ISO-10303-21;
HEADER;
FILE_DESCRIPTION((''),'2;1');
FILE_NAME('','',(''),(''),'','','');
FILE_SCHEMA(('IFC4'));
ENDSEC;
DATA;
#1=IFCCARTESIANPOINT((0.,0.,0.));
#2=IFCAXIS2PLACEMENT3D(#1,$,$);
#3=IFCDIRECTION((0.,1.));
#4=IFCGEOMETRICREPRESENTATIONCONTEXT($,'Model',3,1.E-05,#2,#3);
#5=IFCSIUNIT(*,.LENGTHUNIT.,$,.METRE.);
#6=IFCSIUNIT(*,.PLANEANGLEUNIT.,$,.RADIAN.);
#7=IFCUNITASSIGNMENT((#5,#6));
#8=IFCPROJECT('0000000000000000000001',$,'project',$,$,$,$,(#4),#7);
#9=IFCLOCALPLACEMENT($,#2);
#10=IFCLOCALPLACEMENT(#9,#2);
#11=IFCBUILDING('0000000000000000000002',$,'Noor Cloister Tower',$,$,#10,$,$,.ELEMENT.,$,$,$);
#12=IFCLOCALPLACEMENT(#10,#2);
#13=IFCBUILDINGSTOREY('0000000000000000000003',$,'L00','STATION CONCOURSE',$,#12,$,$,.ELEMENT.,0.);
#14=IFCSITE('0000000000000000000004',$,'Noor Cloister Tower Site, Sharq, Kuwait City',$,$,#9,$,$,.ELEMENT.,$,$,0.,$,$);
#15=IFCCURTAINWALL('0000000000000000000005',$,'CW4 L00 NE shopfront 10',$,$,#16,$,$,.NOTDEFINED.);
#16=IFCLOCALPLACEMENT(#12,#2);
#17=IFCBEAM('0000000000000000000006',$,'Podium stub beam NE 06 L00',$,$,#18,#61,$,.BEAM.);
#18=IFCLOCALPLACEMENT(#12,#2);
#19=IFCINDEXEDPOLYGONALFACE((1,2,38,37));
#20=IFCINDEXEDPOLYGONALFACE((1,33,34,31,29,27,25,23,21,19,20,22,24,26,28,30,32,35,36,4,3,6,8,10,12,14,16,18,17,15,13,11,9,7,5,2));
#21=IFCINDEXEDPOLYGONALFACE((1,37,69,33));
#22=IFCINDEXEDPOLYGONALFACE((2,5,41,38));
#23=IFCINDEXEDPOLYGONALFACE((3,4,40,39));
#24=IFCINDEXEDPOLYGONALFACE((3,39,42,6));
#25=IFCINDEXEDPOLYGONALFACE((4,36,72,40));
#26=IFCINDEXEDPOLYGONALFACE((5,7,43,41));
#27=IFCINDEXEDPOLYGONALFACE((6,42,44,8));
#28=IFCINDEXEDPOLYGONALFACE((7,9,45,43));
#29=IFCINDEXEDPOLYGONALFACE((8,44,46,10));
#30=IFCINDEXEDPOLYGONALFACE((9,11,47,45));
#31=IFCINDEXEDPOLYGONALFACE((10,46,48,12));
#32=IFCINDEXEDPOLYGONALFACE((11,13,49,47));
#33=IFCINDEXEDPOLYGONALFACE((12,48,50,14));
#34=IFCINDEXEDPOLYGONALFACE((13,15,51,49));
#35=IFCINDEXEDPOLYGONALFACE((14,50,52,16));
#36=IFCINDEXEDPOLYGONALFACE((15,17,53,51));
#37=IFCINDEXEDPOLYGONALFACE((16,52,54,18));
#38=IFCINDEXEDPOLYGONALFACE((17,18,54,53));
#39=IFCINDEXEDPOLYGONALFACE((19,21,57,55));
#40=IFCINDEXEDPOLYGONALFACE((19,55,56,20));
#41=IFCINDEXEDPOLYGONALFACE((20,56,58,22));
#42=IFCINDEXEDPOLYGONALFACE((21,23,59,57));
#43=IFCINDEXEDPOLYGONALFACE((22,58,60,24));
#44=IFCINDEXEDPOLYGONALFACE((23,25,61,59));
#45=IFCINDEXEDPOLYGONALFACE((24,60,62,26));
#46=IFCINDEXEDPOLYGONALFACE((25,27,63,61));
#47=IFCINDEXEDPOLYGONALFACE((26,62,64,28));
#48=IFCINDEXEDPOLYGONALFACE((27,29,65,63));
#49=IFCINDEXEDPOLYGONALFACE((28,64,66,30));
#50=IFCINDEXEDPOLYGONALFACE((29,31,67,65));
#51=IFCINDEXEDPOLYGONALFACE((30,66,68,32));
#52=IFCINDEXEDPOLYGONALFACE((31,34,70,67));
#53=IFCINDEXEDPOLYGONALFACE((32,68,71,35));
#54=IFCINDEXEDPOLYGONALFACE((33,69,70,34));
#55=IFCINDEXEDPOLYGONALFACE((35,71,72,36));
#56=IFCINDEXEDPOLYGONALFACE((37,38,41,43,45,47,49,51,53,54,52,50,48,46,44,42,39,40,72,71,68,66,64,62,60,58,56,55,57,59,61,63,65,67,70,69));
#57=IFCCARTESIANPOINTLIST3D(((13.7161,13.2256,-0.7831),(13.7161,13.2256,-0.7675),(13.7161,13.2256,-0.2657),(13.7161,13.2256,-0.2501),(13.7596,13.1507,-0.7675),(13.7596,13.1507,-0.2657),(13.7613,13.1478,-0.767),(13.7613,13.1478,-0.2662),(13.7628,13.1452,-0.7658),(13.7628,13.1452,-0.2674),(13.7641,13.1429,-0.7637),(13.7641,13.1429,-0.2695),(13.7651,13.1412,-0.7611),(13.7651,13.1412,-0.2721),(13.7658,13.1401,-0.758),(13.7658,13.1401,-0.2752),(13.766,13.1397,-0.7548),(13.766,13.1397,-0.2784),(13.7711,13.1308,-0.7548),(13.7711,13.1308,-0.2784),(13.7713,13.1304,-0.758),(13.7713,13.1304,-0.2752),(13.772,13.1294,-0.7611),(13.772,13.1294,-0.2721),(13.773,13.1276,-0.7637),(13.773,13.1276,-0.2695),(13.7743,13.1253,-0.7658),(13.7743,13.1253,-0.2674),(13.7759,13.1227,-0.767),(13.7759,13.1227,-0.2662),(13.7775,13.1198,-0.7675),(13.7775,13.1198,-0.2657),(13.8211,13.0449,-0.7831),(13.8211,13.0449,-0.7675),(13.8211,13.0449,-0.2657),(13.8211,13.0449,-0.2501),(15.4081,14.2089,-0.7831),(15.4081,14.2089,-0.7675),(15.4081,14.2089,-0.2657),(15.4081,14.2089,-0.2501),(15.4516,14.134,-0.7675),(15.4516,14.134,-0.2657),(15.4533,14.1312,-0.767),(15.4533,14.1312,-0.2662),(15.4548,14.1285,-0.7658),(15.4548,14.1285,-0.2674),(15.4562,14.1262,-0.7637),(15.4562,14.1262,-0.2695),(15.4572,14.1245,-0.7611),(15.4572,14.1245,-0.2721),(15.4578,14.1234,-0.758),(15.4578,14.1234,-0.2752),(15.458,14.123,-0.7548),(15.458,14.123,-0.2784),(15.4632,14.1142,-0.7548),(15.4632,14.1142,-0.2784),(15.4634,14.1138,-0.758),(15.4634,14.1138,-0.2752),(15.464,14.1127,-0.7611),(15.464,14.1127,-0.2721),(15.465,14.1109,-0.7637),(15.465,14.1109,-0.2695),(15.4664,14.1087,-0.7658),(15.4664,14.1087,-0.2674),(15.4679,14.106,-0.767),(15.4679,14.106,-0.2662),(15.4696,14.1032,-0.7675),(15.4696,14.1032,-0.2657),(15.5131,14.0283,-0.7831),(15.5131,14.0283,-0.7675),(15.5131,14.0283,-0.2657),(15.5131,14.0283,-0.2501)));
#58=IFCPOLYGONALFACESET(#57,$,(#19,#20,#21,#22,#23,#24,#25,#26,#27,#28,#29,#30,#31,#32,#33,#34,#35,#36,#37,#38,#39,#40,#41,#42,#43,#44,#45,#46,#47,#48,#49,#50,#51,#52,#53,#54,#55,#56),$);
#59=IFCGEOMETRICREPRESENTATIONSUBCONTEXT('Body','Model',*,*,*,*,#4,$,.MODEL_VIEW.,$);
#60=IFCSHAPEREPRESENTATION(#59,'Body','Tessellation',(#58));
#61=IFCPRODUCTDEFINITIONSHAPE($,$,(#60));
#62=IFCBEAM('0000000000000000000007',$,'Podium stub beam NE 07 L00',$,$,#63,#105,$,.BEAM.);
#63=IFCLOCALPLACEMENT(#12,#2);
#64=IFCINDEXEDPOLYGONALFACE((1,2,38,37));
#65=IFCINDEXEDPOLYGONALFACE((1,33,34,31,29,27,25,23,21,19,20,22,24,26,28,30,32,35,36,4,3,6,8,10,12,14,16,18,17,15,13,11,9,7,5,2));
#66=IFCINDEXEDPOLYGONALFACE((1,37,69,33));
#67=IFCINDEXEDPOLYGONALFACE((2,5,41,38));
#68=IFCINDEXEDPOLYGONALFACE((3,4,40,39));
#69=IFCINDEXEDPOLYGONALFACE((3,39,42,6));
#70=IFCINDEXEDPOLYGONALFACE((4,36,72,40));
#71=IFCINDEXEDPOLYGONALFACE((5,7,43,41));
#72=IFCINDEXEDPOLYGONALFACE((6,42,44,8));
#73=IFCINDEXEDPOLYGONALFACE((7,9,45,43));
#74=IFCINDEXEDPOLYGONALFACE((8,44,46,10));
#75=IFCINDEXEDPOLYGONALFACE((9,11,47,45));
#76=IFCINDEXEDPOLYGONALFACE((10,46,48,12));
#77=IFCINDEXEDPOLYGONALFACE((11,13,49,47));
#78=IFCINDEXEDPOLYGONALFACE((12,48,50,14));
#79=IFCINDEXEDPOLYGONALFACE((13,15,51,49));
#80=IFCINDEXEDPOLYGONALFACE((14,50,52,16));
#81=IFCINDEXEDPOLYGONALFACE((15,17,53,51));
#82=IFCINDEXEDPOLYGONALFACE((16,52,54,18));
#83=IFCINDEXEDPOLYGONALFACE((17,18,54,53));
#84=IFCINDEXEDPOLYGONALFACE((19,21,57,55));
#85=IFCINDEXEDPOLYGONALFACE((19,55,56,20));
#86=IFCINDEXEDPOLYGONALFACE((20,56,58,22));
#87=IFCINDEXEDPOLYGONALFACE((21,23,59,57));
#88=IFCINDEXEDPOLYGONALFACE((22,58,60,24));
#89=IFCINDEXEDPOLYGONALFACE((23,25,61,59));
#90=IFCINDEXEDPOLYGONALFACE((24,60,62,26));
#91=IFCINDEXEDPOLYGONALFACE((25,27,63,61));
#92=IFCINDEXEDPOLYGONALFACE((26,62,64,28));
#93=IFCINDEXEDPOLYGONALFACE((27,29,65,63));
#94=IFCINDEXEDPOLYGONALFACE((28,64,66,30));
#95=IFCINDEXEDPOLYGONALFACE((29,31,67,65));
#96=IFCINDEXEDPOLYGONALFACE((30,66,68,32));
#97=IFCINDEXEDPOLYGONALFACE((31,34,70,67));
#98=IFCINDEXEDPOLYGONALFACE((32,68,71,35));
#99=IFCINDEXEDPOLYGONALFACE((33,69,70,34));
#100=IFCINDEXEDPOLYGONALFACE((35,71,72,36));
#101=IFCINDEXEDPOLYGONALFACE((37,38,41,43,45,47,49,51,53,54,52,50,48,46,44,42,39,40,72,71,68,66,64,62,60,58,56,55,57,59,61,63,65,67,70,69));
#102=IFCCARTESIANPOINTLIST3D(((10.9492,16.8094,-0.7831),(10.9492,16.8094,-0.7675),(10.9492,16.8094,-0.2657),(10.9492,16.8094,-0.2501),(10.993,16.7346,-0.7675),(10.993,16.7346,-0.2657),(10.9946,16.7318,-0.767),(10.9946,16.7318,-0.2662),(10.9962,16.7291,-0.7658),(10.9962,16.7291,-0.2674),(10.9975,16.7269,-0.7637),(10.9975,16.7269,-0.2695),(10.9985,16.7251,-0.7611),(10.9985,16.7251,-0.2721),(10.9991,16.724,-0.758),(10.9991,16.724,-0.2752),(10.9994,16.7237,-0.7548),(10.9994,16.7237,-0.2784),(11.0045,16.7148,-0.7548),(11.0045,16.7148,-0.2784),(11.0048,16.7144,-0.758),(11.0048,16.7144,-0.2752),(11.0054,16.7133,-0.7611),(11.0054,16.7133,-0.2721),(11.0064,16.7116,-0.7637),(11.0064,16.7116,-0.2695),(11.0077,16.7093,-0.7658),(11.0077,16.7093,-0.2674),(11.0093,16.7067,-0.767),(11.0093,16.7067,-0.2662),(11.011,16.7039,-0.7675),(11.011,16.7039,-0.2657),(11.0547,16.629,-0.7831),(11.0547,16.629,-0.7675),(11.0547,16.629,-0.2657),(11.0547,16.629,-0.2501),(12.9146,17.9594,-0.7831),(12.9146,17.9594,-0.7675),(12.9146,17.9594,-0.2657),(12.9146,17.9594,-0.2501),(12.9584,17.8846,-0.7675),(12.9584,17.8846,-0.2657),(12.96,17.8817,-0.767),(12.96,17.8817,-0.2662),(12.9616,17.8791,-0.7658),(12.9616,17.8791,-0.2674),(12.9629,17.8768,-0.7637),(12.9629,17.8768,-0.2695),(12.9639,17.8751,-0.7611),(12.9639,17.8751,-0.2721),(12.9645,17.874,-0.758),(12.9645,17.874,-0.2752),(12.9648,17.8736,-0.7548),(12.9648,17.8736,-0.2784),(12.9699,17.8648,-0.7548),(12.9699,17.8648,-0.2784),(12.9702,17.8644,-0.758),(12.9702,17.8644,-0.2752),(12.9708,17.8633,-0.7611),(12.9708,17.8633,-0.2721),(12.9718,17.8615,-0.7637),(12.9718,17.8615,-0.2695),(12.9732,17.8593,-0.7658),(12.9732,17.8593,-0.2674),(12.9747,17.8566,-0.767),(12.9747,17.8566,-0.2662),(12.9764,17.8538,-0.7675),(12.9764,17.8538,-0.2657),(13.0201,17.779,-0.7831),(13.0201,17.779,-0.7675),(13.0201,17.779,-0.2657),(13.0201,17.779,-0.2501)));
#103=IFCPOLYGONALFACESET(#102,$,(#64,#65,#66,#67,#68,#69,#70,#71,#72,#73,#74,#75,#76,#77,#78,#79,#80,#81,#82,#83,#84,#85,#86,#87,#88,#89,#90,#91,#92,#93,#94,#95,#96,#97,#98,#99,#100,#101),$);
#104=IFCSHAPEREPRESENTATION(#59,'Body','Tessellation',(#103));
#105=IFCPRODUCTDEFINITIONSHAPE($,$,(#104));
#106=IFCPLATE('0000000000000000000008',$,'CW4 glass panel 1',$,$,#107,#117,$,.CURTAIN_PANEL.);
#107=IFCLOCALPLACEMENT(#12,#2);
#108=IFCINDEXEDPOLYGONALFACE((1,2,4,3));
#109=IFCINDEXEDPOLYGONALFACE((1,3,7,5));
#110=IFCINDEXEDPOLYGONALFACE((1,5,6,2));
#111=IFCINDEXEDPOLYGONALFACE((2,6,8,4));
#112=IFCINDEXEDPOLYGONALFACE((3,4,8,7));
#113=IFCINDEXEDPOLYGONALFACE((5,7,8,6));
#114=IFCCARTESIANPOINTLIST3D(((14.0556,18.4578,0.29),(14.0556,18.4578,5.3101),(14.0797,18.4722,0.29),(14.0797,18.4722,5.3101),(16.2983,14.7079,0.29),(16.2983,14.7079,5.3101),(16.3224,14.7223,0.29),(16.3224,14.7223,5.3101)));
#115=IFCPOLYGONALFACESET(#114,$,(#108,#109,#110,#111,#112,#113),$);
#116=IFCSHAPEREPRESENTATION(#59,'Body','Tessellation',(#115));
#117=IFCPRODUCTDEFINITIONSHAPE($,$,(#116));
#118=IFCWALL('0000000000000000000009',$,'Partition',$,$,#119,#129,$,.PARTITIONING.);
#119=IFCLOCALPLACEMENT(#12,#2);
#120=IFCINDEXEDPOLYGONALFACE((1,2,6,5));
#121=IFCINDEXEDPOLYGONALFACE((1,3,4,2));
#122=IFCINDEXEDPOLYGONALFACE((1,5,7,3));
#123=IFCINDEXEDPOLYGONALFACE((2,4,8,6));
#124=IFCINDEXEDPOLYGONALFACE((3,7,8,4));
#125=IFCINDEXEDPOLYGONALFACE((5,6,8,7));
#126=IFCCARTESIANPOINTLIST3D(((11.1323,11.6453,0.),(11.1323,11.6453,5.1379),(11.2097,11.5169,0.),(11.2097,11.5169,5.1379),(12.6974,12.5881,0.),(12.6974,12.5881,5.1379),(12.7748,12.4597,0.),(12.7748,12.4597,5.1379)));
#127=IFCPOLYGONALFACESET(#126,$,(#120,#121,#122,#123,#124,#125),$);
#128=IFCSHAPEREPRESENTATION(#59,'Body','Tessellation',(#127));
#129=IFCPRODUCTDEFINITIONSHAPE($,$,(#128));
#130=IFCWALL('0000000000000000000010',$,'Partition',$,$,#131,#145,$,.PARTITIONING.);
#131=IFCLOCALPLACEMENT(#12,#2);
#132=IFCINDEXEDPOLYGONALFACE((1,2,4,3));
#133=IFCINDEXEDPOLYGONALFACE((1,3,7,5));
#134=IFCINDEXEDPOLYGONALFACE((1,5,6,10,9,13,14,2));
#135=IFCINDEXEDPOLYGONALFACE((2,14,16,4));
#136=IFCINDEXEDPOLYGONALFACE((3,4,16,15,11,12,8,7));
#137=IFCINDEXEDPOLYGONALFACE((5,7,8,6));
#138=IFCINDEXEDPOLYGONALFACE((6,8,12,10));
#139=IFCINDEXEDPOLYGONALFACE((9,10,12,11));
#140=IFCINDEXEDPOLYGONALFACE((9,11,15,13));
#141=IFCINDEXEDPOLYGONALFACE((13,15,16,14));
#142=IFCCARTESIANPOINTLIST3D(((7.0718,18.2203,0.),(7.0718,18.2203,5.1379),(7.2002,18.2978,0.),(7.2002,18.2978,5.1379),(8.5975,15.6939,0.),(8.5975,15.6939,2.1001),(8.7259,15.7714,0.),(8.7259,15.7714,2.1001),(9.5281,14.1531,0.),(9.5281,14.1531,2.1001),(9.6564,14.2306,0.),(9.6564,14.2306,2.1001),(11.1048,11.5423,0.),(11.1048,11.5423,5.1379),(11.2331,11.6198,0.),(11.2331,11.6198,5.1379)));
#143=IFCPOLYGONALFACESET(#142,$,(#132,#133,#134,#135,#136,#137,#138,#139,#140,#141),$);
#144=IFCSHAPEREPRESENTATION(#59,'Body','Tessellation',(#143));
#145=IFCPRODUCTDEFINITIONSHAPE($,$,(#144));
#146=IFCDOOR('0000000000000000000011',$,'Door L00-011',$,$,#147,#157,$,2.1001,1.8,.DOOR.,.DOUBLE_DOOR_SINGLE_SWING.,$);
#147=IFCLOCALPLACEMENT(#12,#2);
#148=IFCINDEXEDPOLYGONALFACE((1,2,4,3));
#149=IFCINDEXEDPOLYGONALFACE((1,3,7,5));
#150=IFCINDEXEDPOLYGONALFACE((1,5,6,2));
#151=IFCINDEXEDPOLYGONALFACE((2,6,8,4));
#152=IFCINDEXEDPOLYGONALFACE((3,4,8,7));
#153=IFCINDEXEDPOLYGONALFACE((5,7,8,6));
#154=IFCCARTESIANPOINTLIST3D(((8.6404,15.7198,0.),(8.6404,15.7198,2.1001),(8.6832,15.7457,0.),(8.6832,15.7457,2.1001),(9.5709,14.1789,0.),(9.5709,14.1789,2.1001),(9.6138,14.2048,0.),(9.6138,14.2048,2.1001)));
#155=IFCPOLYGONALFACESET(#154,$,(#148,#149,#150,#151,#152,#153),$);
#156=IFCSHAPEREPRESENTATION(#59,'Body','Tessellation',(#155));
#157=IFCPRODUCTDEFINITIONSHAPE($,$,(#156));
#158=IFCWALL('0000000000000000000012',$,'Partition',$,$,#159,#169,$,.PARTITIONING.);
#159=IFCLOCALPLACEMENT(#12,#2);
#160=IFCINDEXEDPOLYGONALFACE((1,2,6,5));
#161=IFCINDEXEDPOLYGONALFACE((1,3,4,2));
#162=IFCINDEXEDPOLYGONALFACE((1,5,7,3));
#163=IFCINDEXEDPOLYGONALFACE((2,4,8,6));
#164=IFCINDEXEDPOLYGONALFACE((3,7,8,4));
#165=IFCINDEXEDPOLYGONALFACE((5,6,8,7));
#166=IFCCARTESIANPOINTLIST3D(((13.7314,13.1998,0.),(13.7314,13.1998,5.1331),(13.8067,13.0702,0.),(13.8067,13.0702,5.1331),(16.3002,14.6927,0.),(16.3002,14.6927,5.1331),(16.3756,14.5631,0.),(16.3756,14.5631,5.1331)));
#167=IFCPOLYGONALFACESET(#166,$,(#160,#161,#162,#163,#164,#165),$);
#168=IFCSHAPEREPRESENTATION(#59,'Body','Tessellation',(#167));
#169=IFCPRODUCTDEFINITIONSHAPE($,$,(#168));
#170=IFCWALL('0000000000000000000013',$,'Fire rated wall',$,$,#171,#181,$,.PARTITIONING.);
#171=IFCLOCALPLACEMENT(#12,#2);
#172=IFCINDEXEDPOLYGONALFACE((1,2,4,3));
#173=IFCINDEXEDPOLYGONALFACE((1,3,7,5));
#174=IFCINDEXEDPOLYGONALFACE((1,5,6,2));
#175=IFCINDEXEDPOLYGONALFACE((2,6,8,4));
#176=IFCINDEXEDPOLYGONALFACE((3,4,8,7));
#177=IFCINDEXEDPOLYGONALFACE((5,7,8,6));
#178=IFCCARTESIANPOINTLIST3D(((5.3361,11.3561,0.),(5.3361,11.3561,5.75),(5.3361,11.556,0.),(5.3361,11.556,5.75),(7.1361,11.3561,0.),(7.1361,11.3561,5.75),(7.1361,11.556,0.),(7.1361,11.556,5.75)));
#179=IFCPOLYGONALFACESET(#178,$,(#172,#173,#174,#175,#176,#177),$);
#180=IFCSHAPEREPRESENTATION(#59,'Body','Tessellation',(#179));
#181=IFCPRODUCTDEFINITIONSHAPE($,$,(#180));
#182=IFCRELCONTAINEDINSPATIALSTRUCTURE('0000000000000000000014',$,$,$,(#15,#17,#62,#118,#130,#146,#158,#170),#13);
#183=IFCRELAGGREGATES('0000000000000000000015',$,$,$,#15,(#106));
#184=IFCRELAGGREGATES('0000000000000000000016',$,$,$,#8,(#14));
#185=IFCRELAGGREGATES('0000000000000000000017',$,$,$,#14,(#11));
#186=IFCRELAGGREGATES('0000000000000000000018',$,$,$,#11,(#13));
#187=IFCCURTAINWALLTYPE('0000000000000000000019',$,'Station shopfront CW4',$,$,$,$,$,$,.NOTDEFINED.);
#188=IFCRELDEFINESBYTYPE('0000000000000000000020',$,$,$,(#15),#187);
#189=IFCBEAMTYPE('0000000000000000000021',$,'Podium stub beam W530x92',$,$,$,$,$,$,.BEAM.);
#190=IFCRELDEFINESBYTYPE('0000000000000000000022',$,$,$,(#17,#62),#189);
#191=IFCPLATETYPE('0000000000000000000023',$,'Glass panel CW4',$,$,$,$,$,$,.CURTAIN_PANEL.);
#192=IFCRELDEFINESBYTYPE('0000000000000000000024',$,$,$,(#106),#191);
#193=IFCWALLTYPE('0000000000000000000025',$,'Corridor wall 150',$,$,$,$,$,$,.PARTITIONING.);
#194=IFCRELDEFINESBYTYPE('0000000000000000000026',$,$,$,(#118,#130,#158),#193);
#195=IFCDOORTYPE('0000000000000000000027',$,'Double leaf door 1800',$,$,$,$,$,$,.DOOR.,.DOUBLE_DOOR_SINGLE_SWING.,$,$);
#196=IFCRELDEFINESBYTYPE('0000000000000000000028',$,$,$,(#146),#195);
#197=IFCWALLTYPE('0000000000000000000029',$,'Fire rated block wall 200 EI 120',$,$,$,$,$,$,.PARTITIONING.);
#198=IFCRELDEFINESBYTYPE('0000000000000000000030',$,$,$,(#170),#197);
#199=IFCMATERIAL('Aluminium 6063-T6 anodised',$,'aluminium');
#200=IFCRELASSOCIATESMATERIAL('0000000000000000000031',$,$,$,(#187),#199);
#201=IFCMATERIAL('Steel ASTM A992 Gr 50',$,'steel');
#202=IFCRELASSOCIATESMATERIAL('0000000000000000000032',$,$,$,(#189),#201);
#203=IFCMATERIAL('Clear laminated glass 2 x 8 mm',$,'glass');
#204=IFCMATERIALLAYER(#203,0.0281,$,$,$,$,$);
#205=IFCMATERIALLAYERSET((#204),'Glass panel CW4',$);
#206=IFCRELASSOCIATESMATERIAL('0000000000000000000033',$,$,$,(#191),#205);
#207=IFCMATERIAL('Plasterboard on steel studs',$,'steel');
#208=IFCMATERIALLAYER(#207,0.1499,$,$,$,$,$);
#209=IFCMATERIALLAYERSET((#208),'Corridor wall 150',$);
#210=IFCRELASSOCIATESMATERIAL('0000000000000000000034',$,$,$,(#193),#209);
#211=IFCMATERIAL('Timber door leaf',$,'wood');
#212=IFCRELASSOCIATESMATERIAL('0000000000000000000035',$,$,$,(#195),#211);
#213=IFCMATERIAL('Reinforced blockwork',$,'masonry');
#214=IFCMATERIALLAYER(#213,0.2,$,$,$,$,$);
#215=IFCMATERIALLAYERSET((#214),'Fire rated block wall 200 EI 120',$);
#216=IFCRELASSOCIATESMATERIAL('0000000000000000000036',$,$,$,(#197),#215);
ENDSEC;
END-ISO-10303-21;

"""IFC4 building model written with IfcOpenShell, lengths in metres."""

from ifc_helpers import new_model, si_unit, direction, frame, frame_2d, origin, origin_2d, place, context, subcontext, project, spatial, rectangle, i_section, extrude, material, layer, layer_set, material_profile, profile_set, type_object, element, fill, aggregate, save


model = new_model("IFC4")

# Units and contexts
model_context = context("Model", 3, precision=1e-05, world=origin(), true_north=direction((0.0, 1.0)))
body_context = subcontext(model_context, "Body", "Model", "MODEL_VIEW")
ifc_project = project(units=[si_unit("LENGTHUNIT", "METRE"), si_unit("PLANEANGLEUNIT", "RADIAN")], contexts=[model_context])

# Site, building, storey
site_placement = place(None, origin())
site = spatial("IfcSite", under=ifc_project, at=site_placement, Name="Noor Cloister Tower Site, Sharq, Kuwait City", CompositionType="ELEMENT", RefElevation=0.0)
building_placement = place(site_placement, origin())
building = spatial("IfcBuilding", under=site, at=building_placement, Name="Noor Cloister Tower", CompositionType="ELEMENT")
storey_placement = place(building_placement, origin())
storey = spatial("IfcBuildingStorey", under=building, at=storey_placement, Name="L00", Description="STATION CONCOURSE", CompositionType="ELEMENT", Elevation=0.0)

# Curtain wall
ifc_material_1 = material(Name="Aluminium 6063-T6 anodised", Category="aluminium")
curtain_wall_type = type_object("IfcCurtainWallType", Name="Station shopfront CW4", PredefinedType="NOTDEFINED", material=ifc_material_1)
curtain_wall_placement = place(storey_placement, origin())
curtain_wall = element("IfcCurtainWall", 1, at=curtain_wall_placement, inside=storey, type_object=curtain_wall_type, Name="CW4 L00 NE shopfront 10", PredefinedType="NOTDEFINED")

# Beams
ifc_material_2 = material(Name="Steel ASTM A992 Gr 50", Category="steel")
ifc_material_profile_1 = material_profile(ifc_material_2, i_section(OverallWidth=0.209, OverallDepth=0.533, WebThickness=0.0103, FlangeThickness=0.0156, FilletRadius=0.0127, at=origin_2d()), Name="W530x92")
ifc_profile_set_1 = profile_set([ifc_material_profile_1], Name="Steel ASTM A992 Gr 50")
beam_type_1 = type_object("IfcBeamType", Name="Podium stub beam W530x92", PredefinedType="BEAM", material=ifc_profile_set_1)
beam_1_placement = place(storey_placement, frame((13.7686, 13.1353, -0.5166), z_axis=(0.864597, 0.502467, 0.0), x_axis=(-0.502467, 0.864597, 0.0)))
element("IfcBeam", 2, at=beam_1_placement, inside=storey, type_object=beam_type_1, Name="Podium stub beam NE 06 L00", PredefinedType="BEAM", context=body_context, shape_type="SweptSolid", body=[
    extrude(i_section(OverallWidth=0.209, OverallDepth=0.533, WebThickness=0.0103, FlangeThickness=0.0156, FilletRadius=0.0127, at=origin_2d()), origin(), (0.0, 0.0, 1.0), 1.957),
])
beam_2_placement = place(storey_placement, frame((11.002, 16.7192, -0.5166), z_axis=(0.863117, 0.505004, 0.0), x_axis=(-0.505004, 0.863117, 0.0)))
element("IfcBeam", 3, at=beam_2_placement, inside=storey, type_object=beam_type_1, Name="Podium stub beam NE 07 L00", PredefinedType="BEAM", context=body_context, shape_type="SweptSolid", body=[
    extrude(i_section(OverallWidth=0.209, OverallDepth=0.533, WebThickness=0.0103, FlangeThickness=0.0156, FilletRadius=0.0127, at=origin_2d()), origin(), (0.0, 0.0, 1.0), 2.2771),
])

# Plate
ifc_material_3 = material(Name="Clear laminated glass 2 x 8 mm", Category="glass")
ifc_layer_1 = layer(ifc_material_3, 0.0281)
ifc_layer_set_1 = layer_set([ifc_layer_1], Name="Glass panel CW4")
plate_type = type_object("IfcPlateType", Name="Glass panel CW4", PredefinedType="CURTAIN_PANEL", material=ifc_layer_set_1)
plate_placement = place(storey_placement, frame((15.189, 16.5901, 0.29), z_axis=(0.0, 0.0, 1.0), x_axis=(-0.51328, 0.858221, 0.0)))
plate = element("IfcPlate", 4, at=plate_placement, type_object=plate_type, Name="CW4 glass panel 1", PredefinedType="CURTAIN_PANEL", context=body_context, shape_type="SweptSolid", body=[
    extrude(rectangle(XDim=4.3694, YDim=0.0281, at=origin_2d()), origin(), (0.0, 0.0, 1.0), 5.02),
])
aggregate(curtain_wall, [plate])

# Wall
ifc_material_4 = material(Name="Plasterboard on steel studs", Category="steel")
ifc_layer_2 = layer(ifc_material_4, 0.1499)
ifc_layer_set_2 = layer_set([ifc_layer_2], Name="Corridor wall 150")
wall_type_1 = type_object("IfcWallType", Name="Corridor wall 150", PredefinedType="PARTITIONING", material=ifc_layer_set_2)
wall_1_placement = place(storey_placement, frame((12.7361, 12.5239, 0.0), z_axis=(0.0, 0.0, 1.0), x_axis=(-0.856584, -0.516008, 0.0)))
element("IfcWall", 5, at=wall_1_placement, inside=storey, type_object=wall_type_1, Name="Partition", PredefinedType="PARTITIONING", context=body_context, shape_type="SweptSolid", body=[
    extrude(rectangle(XDim=1.8271, YDim=0.1499, at=frame_2d((0.9136, 0.0))), origin(), (0.0, 0.0, 1.0), 5.1379),
])

# Wall, opening, door
wall_2_placement = place(storey_placement, frame((11.1689, 11.5811, 0.0), z_axis=(0.0, 0.0, 1.0), x_axis=(-0.51696, 0.856009, 0.0)))
wall_2 = element("IfcWall", 6, at=wall_2_placement, inside=storey, type_object=wall_type_1, Name="Partition", PredefinedType="PARTITIONING", context=body_context, shape_type="SweptSolid", body=[
    extrude(rectangle(XDim=7.8013, YDim=0.1499, at=frame_2d((3.9006, 0.0))), origin(), (0.0, 0.0, 1.0), 5.1379),
])
opening_1_placement = place(wall_2_placement, frame((3.05, 0.0, 0.0)))
opening_1 = element("IfcOpeningElement", 7, at=opening_1_placement, cuts=wall_2, PredefinedType="OPENING", context=body_context, shape_type="SweptSolid", body=[
    extrude(rectangle(XDim=1.8, YDim=2.1001, at=frame_2d((0.8999, 1.05))), frame((0.0, 0.085, 0.0), z_axis=(0.0, -1.0, 0.0), x_axis=(1.0, 0.0, 0.0)), (0.0, 0.0, 1.0), 0.1699),
])
ifc_material_5 = material(Name="Timber door leaf", Category="wood")
door_type_1 = type_object("IfcDoorType", Name="Double leaf door 1800", OperationType="DOUBLE_DOOR_SINGLE_SWING", PredefinedType="DOOR", material=ifc_material_5)
door_1_placement = place(opening_1_placement, origin())
door_1 = element("IfcDoor", 8, at=door_1_placement, inside=storey, type_object=door_type_1, Name="Door L00-011", OperationType="DOUBLE_DOOR_SINGLE_SWING", OverallHeight=2.1001, OverallWidth=1.8, PredefinedType="DOOR", context=body_context, shape_type="SweptSolid", body=[
    extrude(rectangle(XDim=1.8, YDim=2.1001, at=frame_2d((0.8999, 1.05))), frame((0.0, 0.0249, 0.0), z_axis=(0.0, -1.0, 0.0), x_axis=(1.0, 0.0, 0.0)), (0.0, 0.0, 1.0), 0.05),
])
fill(opening_1, door_1)

# Walls
wall_3_placement = place(storey_placement, frame((16.3379, 14.6279, 0.0), z_axis=(0.0, 0.0, 1.0), x_axis=(-0.864594, -0.50247, 0.0)))
element("IfcWall", 9, at=wall_3_placement, inside=storey, type_object=wall_type_1, Name="Partition", PredefinedType="PARTITIONING", context=body_context, shape_type="SweptSolid", body=[
    extrude(rectangle(XDim=2.9712, YDim=0.1499, at=frame_2d((1.4856, 0.0))), origin(), (0.0, 0.0, 1.0), 5.1331),
])
ifc_material_6 = material(Name="Reinforced blockwork", Category="masonry")
ifc_layer_3 = layer(ifc_material_6, 0.2)
ifc_layer_set_3 = layer_set([ifc_layer_3], Name="Fire rated block wall 200 EI 120")
wall_type_2 = type_object("IfcWallType", Name="Fire rated block wall 200 EI 120", PredefinedType="PARTITIONING", material=ifc_layer_set_3)
wall_4_placement = place(storey_placement, frame((7.136, 11.4561, 0.0), z_axis=(0.0, 0.0, 1.0), x_axis=(-1.0, 0.0, 0.0)))
element("IfcWall", 10, at=wall_4_placement, inside=storey, type_object=wall_type_2, Name="Fire rated wall", PredefinedType="PARTITIONING", context=body_context, shape_type="SweptSolid", body=[
    extrude(rectangle(XDim=1.8, YDim=0.2, at=frame_2d((0.8999, 0.0))), origin(), (0.0, 0.0, 1.0), 5.75),
])

save(model, "model.ifc")
